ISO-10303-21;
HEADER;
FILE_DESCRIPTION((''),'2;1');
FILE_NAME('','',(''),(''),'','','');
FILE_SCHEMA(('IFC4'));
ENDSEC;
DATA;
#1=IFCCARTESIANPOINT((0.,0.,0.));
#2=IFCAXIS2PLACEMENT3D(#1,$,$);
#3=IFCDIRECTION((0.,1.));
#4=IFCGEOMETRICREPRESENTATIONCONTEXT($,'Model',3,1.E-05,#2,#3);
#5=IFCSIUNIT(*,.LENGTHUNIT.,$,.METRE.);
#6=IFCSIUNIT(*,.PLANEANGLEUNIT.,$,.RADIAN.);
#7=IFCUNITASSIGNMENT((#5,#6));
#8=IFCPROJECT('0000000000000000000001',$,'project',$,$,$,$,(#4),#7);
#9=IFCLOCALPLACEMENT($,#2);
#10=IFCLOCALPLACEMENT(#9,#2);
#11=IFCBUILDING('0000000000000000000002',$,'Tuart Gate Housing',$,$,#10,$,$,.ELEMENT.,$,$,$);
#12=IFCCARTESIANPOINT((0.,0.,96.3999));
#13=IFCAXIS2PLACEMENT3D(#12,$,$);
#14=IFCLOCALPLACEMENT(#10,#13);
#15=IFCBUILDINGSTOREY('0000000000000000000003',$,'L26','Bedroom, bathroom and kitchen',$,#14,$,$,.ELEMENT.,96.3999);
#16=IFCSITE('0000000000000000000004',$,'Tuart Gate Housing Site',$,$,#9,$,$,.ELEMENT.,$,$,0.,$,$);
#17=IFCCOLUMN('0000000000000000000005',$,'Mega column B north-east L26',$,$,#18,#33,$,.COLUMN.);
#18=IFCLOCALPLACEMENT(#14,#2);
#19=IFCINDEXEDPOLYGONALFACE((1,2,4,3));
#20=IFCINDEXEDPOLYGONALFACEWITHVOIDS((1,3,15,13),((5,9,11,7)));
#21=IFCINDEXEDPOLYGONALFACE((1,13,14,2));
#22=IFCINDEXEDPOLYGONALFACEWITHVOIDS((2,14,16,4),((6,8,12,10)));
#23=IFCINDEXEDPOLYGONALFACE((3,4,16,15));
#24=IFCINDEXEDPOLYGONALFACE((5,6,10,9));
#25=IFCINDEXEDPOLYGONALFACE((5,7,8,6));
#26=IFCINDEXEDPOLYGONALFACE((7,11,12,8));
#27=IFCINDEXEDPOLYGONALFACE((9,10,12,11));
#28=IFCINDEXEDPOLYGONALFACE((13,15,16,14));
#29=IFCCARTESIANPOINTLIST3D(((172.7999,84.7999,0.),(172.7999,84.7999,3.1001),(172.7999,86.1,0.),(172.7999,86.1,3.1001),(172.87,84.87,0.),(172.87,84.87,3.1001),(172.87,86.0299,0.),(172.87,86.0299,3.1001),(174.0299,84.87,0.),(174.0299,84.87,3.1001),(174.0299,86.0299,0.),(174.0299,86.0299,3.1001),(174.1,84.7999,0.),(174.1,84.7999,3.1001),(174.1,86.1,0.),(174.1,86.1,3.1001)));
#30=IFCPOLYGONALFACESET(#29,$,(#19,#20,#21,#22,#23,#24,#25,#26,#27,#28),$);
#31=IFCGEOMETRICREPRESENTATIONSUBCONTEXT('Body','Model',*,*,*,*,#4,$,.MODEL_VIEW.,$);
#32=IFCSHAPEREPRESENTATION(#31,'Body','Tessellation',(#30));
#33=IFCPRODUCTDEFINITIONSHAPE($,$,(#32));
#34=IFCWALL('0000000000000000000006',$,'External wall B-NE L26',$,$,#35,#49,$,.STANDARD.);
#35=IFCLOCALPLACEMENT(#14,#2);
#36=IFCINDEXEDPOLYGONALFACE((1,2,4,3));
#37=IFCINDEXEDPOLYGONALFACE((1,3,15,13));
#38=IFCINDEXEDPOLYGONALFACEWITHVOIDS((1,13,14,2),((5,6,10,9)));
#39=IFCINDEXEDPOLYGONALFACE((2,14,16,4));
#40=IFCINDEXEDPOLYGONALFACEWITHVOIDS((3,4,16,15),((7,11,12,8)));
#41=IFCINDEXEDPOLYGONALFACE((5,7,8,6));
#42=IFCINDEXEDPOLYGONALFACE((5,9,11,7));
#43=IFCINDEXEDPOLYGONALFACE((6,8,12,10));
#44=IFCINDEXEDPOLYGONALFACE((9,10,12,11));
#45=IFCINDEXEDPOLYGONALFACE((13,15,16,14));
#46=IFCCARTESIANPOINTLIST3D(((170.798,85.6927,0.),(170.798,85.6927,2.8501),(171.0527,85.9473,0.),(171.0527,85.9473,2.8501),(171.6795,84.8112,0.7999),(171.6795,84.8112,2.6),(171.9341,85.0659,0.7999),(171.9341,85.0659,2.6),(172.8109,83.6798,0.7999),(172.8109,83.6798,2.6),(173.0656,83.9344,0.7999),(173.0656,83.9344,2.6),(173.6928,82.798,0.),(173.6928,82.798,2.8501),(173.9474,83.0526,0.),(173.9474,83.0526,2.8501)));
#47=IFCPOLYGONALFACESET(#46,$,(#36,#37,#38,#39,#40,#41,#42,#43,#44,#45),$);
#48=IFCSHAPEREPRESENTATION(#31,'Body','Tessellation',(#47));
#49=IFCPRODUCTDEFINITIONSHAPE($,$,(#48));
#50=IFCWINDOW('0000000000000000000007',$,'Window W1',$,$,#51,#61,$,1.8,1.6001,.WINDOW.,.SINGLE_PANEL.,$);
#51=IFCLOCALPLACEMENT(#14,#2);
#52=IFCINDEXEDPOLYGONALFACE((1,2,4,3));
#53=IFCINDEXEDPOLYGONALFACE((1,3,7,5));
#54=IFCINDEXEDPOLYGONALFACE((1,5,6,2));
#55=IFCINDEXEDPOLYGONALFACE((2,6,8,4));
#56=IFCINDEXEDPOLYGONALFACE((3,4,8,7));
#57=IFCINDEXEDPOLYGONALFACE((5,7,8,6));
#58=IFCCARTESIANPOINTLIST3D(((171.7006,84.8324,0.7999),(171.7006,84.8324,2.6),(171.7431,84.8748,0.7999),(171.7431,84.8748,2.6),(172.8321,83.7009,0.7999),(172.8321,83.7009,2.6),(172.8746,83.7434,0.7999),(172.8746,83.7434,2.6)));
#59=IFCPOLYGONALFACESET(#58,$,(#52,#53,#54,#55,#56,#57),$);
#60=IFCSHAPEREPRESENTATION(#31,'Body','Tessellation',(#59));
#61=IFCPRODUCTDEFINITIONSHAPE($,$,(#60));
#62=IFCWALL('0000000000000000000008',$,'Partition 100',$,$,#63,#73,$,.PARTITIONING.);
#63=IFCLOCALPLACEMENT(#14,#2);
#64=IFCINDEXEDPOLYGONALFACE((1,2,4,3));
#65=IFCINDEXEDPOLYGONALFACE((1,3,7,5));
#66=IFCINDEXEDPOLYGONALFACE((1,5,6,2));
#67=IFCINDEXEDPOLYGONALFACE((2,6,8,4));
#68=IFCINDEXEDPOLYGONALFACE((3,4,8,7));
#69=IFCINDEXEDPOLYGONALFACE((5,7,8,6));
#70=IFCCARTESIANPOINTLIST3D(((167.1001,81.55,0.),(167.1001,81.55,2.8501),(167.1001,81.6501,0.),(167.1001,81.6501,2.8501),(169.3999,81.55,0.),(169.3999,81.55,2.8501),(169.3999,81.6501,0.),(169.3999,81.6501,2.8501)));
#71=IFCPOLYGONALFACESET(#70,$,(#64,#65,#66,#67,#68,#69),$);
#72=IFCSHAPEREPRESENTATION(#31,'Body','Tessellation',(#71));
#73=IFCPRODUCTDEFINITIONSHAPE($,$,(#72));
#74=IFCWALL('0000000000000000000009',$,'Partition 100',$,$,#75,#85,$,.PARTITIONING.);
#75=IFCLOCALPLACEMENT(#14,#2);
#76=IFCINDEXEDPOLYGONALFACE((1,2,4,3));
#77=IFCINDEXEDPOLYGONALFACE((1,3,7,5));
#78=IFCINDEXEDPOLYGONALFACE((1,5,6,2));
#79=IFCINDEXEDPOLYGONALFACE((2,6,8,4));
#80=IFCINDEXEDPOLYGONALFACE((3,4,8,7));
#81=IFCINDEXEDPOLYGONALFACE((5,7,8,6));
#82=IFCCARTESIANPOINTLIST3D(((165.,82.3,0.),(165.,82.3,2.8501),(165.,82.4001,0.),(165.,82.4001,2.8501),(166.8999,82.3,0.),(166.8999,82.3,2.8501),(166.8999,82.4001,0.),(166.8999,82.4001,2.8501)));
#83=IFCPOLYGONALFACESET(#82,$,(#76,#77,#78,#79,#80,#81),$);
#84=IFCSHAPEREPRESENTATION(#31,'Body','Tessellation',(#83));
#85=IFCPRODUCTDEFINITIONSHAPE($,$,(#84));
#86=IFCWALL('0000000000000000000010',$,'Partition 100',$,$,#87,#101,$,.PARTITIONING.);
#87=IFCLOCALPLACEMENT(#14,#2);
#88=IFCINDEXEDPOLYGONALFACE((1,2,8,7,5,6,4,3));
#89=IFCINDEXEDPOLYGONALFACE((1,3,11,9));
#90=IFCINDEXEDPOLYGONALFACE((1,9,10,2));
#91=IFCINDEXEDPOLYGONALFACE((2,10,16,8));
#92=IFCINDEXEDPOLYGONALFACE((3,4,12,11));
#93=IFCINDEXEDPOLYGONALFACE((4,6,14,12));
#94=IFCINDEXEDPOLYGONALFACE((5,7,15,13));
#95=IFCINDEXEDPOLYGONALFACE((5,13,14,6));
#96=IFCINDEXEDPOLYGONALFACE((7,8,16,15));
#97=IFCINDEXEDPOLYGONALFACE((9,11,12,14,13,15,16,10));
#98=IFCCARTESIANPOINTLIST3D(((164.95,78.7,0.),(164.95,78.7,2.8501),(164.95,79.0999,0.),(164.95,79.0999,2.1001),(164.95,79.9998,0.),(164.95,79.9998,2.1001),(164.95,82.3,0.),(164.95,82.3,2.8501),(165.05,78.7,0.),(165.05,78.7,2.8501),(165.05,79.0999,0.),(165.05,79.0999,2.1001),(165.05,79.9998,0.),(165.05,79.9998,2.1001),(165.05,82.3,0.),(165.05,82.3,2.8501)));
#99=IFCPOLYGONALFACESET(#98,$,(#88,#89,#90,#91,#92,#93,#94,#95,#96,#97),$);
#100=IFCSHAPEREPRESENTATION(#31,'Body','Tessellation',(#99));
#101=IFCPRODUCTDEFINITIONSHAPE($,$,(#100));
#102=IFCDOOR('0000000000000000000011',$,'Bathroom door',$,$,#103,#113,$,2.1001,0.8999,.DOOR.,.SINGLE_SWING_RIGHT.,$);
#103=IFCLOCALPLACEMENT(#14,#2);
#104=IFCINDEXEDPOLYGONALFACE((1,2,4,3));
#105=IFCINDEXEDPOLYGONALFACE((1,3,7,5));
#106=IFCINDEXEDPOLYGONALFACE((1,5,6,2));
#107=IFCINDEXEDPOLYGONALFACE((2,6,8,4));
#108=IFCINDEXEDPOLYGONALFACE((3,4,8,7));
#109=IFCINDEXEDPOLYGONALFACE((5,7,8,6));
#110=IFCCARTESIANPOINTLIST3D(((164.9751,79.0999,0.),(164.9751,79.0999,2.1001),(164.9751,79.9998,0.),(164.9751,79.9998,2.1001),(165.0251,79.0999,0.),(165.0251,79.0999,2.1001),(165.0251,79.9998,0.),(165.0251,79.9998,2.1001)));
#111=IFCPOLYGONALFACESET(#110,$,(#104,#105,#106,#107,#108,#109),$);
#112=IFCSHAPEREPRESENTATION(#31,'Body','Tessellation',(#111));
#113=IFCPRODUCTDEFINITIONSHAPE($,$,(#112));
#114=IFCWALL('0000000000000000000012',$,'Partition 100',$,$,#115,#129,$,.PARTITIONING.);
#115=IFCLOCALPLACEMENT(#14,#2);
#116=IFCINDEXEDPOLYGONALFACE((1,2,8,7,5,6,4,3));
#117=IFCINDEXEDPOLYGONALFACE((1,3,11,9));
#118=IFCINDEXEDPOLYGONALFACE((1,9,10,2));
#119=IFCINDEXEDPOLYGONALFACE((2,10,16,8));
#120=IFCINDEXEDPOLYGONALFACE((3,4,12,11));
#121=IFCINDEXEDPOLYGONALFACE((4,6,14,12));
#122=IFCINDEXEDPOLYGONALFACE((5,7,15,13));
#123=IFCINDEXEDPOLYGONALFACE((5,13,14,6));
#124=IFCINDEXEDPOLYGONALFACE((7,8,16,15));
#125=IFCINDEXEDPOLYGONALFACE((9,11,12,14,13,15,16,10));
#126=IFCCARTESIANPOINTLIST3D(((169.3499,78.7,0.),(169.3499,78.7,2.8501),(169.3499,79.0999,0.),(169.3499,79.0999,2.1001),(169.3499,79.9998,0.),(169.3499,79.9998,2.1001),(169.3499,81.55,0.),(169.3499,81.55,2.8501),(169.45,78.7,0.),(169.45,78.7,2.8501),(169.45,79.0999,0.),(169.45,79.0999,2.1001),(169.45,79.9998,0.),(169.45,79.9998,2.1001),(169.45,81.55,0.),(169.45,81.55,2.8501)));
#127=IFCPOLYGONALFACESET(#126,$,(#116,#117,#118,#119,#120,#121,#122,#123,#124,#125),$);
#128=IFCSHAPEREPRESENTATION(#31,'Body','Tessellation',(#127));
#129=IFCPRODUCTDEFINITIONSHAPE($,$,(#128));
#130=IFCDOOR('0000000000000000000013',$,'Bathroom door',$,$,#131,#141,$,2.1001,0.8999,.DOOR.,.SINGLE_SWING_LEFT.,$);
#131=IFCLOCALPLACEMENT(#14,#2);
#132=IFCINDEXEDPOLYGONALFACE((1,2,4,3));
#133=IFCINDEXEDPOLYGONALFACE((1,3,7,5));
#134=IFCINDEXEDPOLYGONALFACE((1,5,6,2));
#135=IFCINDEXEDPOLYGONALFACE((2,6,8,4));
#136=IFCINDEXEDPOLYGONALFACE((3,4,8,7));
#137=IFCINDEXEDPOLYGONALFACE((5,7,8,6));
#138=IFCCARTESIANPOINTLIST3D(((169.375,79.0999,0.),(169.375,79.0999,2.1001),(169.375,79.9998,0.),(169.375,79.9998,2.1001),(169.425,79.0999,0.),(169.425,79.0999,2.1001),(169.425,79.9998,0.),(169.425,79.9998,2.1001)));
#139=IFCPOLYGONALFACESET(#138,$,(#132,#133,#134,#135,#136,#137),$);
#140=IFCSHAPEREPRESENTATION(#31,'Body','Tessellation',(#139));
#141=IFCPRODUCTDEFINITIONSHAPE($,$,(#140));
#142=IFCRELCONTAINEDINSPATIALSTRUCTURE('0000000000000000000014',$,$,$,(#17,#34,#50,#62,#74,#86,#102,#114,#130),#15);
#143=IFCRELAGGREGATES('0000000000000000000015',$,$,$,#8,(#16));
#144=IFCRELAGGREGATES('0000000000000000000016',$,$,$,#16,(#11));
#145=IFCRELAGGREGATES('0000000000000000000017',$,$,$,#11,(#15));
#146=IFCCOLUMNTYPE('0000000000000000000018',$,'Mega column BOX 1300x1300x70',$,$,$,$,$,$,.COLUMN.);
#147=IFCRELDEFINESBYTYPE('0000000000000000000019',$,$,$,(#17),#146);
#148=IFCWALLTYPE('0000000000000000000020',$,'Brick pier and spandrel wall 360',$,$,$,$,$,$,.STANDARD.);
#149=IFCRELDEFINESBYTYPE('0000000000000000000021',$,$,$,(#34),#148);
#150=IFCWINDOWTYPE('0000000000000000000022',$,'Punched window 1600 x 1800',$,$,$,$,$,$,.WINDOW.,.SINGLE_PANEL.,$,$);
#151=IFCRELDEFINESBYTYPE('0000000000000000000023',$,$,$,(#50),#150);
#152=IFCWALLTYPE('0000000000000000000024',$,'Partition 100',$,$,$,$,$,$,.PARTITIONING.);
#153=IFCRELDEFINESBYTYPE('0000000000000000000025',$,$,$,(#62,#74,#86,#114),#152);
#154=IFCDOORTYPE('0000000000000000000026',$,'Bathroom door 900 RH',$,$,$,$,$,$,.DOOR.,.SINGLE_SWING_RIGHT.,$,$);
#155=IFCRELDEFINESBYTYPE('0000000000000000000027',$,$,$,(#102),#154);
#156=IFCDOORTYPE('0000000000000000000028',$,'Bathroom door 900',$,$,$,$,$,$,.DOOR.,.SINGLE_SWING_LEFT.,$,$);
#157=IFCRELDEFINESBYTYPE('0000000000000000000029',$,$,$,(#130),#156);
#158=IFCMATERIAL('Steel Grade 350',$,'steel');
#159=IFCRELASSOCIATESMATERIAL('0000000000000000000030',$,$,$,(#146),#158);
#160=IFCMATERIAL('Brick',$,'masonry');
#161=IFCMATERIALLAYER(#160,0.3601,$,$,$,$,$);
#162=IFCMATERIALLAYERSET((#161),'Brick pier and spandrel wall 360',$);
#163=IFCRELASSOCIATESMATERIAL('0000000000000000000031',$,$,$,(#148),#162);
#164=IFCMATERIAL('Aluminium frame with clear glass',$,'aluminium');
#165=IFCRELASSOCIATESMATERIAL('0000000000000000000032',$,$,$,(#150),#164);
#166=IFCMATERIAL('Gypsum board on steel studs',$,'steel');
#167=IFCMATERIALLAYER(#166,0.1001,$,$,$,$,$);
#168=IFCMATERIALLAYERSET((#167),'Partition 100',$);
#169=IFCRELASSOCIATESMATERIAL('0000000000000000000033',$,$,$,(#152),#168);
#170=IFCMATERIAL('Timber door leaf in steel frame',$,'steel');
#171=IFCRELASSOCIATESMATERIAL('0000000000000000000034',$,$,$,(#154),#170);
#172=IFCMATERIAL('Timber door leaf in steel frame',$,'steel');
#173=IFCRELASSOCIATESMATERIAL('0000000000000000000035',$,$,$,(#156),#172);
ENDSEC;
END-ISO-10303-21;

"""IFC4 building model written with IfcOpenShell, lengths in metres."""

from ifc_helpers import new_model, si_unit, direction, frame, frame_2d, origin, origin_2d, place, context, subcontext, project, spatial, rectangle, hollow_rectangle, extrude, material, layer, layer_set, material_profile, profile_set, type_object, element, fill, save


model = new_model("IFC4")

# Units and contexts
model_context = context("Model", 3, precision=1e-05, world=origin(), true_north=direction((0.0, 1.0)))
body_context = subcontext(model_context, "Body", "Model", "MODEL_VIEW")
ifc_project = project(units=[si_unit("LENGTHUNIT", "METRE"), si_unit("PLANEANGLEUNIT", "RADIAN")], contexts=[model_context])

# Site, building, storey
site_placement = place(None, origin())
site = spatial("IfcSite", under=ifc_project, at=site_placement, Name="Tuart Gate Housing Site", CompositionType="ELEMENT", RefElevation=0.0)
building_placement = place(site_placement, origin())
building = spatial("IfcBuilding", under=site, at=building_placement, Name="Tuart Gate Housing", CompositionType="ELEMENT")
storey_placement = place(building_placement, frame((0.0, 0.0, 96.3999)))
storey = spatial("IfcBuildingStorey", under=building, at=storey_placement, Name="L26", Description="Bedroom, bathroom and kitchen", CompositionType="ELEMENT", Elevation=96.3999)

# Column
ifc_material_1 = material(Name="Steel Grade 350", Category="steel")
ifc_material_profile = material_profile(ifc_material_1, hollow_rectangle(XDim=1.3, YDim=1.3, WallThickness=0.0701, at=origin_2d()), Name="BOX 1300x1300x70")
ifc_profile_set = profile_set([ifc_material_profile], Name="Steel Grade 350")
column_type = type_object("IfcColumnType", Name="Mega column BOX 1300x1300x70", PredefinedType="COLUMN", material=ifc_profile_set)
column_placement = place(storey_placement, frame((173.45, 85.45, 0.0), z_axis=(0.0, 0.0, 1.0), x_axis=(1.0, 0.0, 0.0)))
element("IfcColumn", 1, at=column_placement, inside=storey, type_object=column_type, Name="Mega column B north-east L26", PredefinedType="COLUMN", context=body_context, shape_type="SweptSolid", body=[
    extrude(hollow_rectangle(XDim=1.3, YDim=1.3, WallThickness=0.0701, at=origin_2d()), origin(), (0.0, 0.0, 1.0), 3.1001),
])

# Wall, opening, window
ifc_material_2 = material(Name="Brick", Category="masonry")
ifc_layer_1 = layer(ifc_material_2, 0.3601)
ifc_layer_set_1 = layer_set([ifc_layer_1], Name="Brick pier and spandrel wall 360")
wall_type_1 = type_object("IfcWallType", Name="Brick pier and spandrel wall 360", PredefinedType="STANDARD", material=ifc_layer_set_1)
wall_1_placement = place(storey_placement, frame((173.8201, 82.9253, 0.0), z_axis=(0.0, 0.0, 1.0), x_axis=(-0.707107, 0.707107, 0.0)))
wall_1 = element("IfcWall", 2, at=wall_1_placement, inside=storey, type_object=wall_type_1, Name="External wall B-NE L26", PredefinedType="STANDARD", context=body_context, shape_type="SweptSolid", body=[
    extrude(rectangle(XDim=4.0938, YDim=0.3601, at=frame_2d((2.0469, 0.0))), origin(), (0.0, 0.0, 1.0), 2.8501),
])
opening_1_placement = place(wall_1_placement, frame((1.2471, 0.0, 0.8)))
opening_1 = element("IfcOpeningElement", 3, at=opening_1_placement, cuts=wall_1, PredefinedType="OPENING", context=body_context, shape_type="SweptSolid", body=[
    extrude(rectangle(XDim=1.6001, YDim=1.8, at=frame_2d((0.8, 0.8999))), frame((0.0, 0.1899, 0.0), z_axis=(0.0, -1.0, 0.0), x_axis=(1.0, 0.0, 0.0)), (0.0, 0.0, 1.0), 0.3801),
])
ifc_material_3 = material(Name="Aluminium frame with clear glass", Category="aluminium")
window_type_1 = type_object("IfcWindowType", Name="Punched window 1600 x 1800", PartitioningType="SINGLE_PANEL", PredefinedType="WINDOW", material=ifc_material_3)
window_1_placement = place(opening_1_placement, origin())
window_1 = element("IfcWindow", 4, at=window_1_placement, inside=storey, type_object=window_type_1, Name="Window W1", OverallHeight=1.8, OverallWidth=1.6001, PartitioningType="SINGLE_PANEL", PredefinedType="WINDOW", context=body_context, shape_type="SweptSolid", body=[
    extrude(rectangle(XDim=1.6001, YDim=1.8, at=frame_2d((0.8, 0.8999))), frame((0.0, 0.1501, 0.0), z_axis=(0.0, -1.0, 0.0), x_axis=(1.0, 0.0, 0.0)), (0.0, 0.0, 1.0), 0.0601),
])
fill(opening_1, window_1)

# Walls
ifc_material_4 = material(Name="Gypsum board on steel studs", Category="steel")
ifc_layer_2 = layer(ifc_material_4, 0.1001)
ifc_layer_set_2 = layer_set([ifc_layer_2], Name="Partition 100")
wall_type_2 = type_object("IfcWallType", Name="Partition 100", PredefinedType="PARTITIONING", material=ifc_layer_set_2)
wall_2_placement = place(storey_placement, frame((167.1001, 81.6001, 0.0), z_axis=(0.0, 0.0, 1.0), x_axis=(1.0, 0.0, 0.0)))
element("IfcWall", 5, at=wall_2_placement, inside=storey, type_object=wall_type_2, Name="Partition 100", PredefinedType="PARTITIONING", context=body_context, shape_type="SweptSolid", body=[
    extrude(rectangle(XDim=2.2998, YDim=0.1001, at=frame_2d((1.1499, 0.0))), origin(), (0.0, 0.0, 1.0), 2.8501),
])
wall_3_placement = place(storey_placement, frame((165.0, 82.3501, 0.0), z_axis=(0.0, 0.0, 1.0), x_axis=(1.0, 0.0, 0.0)))
element("IfcWall", 6, at=wall_3_placement, inside=storey, type_object=wall_type_2, Name="Partition 100", PredefinedType="PARTITIONING", context=body_context, shape_type="SweptSolid", body=[
    extrude(rectangle(XDim=1.8999, YDim=0.1001, at=frame_2d((0.95, 0.0))), origin(), (0.0, 0.0, 1.0), 2.8501),
])

# Walls, openings, doors
wall_4_placement = place(storey_placement, frame((165.0, 78.7, 0.0), z_axis=(0.0, 0.0, 1.0), x_axis=(0.0, 1.0, 0.0)))
wall_4 = element("IfcWall", 7, at=wall_4_placement, inside=storey, type_object=wall_type_2, Name="Partition 100", PredefinedType="PARTITIONING", context=body_context, shape_type="SweptSolid", body=[
    extrude(rectangle(XDim=3.6001, YDim=0.1001, at=frame_2d((1.8, 0.0))), origin(), (0.0, 0.0, 1.0), 2.8501),
])
opening_2_placement = place(wall_4_placement, frame((0.3999, 0.0, 0.0)))
opening_2 = element("IfcOpeningElement", 8, at=opening_2_placement, cuts=wall_4, PredefinedType="OPENING", context=body_context, shape_type="SweptSolid", body=[
    extrude(rectangle(XDim=0.8999, YDim=2.1001, at=frame_2d((0.45, 1.05))), frame((0.0, 0.0601, 0.0), z_axis=(0.0, -1.0, 0.0), x_axis=(1.0, 0.0, 0.0)), (0.0, 0.0, 1.0), 0.1201),
])
ifc_material_5 = material(Name="Timber door leaf in steel frame", Category="steel")
door_type_1 = type_object("IfcDoorType", Name="Bathroom door 900 RH", OperationType="SINGLE_SWING_RIGHT", PredefinedType="DOOR", material=ifc_material_5)
door_1_placement = place(opening_2_placement, frame((0.8999, 0.0, 0.0), z_axis=(0.0, 0.0, 1.0), x_axis=(-1.0, 0.0, 0.0)))
door_1 = element("IfcDoor", 9, at=door_1_placement, inside=storey, type_object=door_type_1, Name="Bathroom door", OperationType="SINGLE_SWING_RIGHT", OverallHeight=2.1001, OverallWidth=0.8999, PredefinedType="DOOR", context=body_context, shape_type="SweptSolid", body=[
    extrude(rectangle(XDim=0.8999, YDim=2.1001, at=frame_2d((0.45, 1.05))), frame((0.0, 0.0251, 0.0), z_axis=(0.0, -1.0, 0.0), x_axis=(1.0, 0.0, 0.0)), (0.0, 0.0, 1.0), 0.05),
])
fill(opening_2, door_1)
wall_5_placement = place(storey_placement, frame((169.3999, 78.7, 0.0), z_axis=(0.0, 0.0, 1.0), x_axis=(0.0, 1.0, 0.0)))
wall_5 = element("IfcWall", 10, at=wall_5_placement, inside=storey, type_object=wall_type_2, Name="Partition 100", PredefinedType="PARTITIONING", context=body_context, shape_type="SweptSolid", body=[
    extrude(rectangle(XDim=2.8501, YDim=0.1001, at=frame_2d((1.425, 0.0))), origin(), (0.0, 0.0, 1.0), 2.8501),
])
opening_3_placement = place(wall_5_placement, frame((0.3999, 0.0, 0.0)))
opening_3 = element("IfcOpeningElement", 11, at=opening_3_placement, cuts=wall_5, PredefinedType="OPENING", context=body_context, shape_type="SweptSolid", body=[
    extrude(rectangle(XDim=0.8999, YDim=2.1001, at=frame_2d((0.45, 1.05))), frame((0.0, 0.0601, 0.0), z_axis=(0.0, -1.0, 0.0), x_axis=(1.0, 0.0, 0.0)), (0.0, 0.0, 1.0), 0.1201),
])
ifc_material_6 = material(Name="Timber door leaf in steel frame", Category="steel")
door_type_2 = type_object("IfcDoorType", Name="Bathroom door 900", OperationType="SINGLE_SWING_LEFT", PredefinedType="DOOR", material=ifc_material_6)
door_2_placement = place(opening_3_placement, origin())
door_2 = element("IfcDoor", 12, at=door_2_placement, inside=storey, type_object=door_type_2, Name="Bathroom door", OperationType="SINGLE_SWING_LEFT", OverallHeight=2.1001, OverallWidth=0.8999, PredefinedType="DOOR", context=body_context, shape_type="SweptSolid", body=[
    extrude(rectangle(XDim=0.8999, YDim=2.1001, at=frame_2d((0.45, 1.05))), frame((0.0, 0.0249, 0.0), z_axis=(0.0, -1.0, 0.0), x_axis=(1.0, 0.0, 0.0)), (0.0, 0.0, 1.0), 0.05),
])
fill(opening_3, door_2)

save(model, "model.ifc")
